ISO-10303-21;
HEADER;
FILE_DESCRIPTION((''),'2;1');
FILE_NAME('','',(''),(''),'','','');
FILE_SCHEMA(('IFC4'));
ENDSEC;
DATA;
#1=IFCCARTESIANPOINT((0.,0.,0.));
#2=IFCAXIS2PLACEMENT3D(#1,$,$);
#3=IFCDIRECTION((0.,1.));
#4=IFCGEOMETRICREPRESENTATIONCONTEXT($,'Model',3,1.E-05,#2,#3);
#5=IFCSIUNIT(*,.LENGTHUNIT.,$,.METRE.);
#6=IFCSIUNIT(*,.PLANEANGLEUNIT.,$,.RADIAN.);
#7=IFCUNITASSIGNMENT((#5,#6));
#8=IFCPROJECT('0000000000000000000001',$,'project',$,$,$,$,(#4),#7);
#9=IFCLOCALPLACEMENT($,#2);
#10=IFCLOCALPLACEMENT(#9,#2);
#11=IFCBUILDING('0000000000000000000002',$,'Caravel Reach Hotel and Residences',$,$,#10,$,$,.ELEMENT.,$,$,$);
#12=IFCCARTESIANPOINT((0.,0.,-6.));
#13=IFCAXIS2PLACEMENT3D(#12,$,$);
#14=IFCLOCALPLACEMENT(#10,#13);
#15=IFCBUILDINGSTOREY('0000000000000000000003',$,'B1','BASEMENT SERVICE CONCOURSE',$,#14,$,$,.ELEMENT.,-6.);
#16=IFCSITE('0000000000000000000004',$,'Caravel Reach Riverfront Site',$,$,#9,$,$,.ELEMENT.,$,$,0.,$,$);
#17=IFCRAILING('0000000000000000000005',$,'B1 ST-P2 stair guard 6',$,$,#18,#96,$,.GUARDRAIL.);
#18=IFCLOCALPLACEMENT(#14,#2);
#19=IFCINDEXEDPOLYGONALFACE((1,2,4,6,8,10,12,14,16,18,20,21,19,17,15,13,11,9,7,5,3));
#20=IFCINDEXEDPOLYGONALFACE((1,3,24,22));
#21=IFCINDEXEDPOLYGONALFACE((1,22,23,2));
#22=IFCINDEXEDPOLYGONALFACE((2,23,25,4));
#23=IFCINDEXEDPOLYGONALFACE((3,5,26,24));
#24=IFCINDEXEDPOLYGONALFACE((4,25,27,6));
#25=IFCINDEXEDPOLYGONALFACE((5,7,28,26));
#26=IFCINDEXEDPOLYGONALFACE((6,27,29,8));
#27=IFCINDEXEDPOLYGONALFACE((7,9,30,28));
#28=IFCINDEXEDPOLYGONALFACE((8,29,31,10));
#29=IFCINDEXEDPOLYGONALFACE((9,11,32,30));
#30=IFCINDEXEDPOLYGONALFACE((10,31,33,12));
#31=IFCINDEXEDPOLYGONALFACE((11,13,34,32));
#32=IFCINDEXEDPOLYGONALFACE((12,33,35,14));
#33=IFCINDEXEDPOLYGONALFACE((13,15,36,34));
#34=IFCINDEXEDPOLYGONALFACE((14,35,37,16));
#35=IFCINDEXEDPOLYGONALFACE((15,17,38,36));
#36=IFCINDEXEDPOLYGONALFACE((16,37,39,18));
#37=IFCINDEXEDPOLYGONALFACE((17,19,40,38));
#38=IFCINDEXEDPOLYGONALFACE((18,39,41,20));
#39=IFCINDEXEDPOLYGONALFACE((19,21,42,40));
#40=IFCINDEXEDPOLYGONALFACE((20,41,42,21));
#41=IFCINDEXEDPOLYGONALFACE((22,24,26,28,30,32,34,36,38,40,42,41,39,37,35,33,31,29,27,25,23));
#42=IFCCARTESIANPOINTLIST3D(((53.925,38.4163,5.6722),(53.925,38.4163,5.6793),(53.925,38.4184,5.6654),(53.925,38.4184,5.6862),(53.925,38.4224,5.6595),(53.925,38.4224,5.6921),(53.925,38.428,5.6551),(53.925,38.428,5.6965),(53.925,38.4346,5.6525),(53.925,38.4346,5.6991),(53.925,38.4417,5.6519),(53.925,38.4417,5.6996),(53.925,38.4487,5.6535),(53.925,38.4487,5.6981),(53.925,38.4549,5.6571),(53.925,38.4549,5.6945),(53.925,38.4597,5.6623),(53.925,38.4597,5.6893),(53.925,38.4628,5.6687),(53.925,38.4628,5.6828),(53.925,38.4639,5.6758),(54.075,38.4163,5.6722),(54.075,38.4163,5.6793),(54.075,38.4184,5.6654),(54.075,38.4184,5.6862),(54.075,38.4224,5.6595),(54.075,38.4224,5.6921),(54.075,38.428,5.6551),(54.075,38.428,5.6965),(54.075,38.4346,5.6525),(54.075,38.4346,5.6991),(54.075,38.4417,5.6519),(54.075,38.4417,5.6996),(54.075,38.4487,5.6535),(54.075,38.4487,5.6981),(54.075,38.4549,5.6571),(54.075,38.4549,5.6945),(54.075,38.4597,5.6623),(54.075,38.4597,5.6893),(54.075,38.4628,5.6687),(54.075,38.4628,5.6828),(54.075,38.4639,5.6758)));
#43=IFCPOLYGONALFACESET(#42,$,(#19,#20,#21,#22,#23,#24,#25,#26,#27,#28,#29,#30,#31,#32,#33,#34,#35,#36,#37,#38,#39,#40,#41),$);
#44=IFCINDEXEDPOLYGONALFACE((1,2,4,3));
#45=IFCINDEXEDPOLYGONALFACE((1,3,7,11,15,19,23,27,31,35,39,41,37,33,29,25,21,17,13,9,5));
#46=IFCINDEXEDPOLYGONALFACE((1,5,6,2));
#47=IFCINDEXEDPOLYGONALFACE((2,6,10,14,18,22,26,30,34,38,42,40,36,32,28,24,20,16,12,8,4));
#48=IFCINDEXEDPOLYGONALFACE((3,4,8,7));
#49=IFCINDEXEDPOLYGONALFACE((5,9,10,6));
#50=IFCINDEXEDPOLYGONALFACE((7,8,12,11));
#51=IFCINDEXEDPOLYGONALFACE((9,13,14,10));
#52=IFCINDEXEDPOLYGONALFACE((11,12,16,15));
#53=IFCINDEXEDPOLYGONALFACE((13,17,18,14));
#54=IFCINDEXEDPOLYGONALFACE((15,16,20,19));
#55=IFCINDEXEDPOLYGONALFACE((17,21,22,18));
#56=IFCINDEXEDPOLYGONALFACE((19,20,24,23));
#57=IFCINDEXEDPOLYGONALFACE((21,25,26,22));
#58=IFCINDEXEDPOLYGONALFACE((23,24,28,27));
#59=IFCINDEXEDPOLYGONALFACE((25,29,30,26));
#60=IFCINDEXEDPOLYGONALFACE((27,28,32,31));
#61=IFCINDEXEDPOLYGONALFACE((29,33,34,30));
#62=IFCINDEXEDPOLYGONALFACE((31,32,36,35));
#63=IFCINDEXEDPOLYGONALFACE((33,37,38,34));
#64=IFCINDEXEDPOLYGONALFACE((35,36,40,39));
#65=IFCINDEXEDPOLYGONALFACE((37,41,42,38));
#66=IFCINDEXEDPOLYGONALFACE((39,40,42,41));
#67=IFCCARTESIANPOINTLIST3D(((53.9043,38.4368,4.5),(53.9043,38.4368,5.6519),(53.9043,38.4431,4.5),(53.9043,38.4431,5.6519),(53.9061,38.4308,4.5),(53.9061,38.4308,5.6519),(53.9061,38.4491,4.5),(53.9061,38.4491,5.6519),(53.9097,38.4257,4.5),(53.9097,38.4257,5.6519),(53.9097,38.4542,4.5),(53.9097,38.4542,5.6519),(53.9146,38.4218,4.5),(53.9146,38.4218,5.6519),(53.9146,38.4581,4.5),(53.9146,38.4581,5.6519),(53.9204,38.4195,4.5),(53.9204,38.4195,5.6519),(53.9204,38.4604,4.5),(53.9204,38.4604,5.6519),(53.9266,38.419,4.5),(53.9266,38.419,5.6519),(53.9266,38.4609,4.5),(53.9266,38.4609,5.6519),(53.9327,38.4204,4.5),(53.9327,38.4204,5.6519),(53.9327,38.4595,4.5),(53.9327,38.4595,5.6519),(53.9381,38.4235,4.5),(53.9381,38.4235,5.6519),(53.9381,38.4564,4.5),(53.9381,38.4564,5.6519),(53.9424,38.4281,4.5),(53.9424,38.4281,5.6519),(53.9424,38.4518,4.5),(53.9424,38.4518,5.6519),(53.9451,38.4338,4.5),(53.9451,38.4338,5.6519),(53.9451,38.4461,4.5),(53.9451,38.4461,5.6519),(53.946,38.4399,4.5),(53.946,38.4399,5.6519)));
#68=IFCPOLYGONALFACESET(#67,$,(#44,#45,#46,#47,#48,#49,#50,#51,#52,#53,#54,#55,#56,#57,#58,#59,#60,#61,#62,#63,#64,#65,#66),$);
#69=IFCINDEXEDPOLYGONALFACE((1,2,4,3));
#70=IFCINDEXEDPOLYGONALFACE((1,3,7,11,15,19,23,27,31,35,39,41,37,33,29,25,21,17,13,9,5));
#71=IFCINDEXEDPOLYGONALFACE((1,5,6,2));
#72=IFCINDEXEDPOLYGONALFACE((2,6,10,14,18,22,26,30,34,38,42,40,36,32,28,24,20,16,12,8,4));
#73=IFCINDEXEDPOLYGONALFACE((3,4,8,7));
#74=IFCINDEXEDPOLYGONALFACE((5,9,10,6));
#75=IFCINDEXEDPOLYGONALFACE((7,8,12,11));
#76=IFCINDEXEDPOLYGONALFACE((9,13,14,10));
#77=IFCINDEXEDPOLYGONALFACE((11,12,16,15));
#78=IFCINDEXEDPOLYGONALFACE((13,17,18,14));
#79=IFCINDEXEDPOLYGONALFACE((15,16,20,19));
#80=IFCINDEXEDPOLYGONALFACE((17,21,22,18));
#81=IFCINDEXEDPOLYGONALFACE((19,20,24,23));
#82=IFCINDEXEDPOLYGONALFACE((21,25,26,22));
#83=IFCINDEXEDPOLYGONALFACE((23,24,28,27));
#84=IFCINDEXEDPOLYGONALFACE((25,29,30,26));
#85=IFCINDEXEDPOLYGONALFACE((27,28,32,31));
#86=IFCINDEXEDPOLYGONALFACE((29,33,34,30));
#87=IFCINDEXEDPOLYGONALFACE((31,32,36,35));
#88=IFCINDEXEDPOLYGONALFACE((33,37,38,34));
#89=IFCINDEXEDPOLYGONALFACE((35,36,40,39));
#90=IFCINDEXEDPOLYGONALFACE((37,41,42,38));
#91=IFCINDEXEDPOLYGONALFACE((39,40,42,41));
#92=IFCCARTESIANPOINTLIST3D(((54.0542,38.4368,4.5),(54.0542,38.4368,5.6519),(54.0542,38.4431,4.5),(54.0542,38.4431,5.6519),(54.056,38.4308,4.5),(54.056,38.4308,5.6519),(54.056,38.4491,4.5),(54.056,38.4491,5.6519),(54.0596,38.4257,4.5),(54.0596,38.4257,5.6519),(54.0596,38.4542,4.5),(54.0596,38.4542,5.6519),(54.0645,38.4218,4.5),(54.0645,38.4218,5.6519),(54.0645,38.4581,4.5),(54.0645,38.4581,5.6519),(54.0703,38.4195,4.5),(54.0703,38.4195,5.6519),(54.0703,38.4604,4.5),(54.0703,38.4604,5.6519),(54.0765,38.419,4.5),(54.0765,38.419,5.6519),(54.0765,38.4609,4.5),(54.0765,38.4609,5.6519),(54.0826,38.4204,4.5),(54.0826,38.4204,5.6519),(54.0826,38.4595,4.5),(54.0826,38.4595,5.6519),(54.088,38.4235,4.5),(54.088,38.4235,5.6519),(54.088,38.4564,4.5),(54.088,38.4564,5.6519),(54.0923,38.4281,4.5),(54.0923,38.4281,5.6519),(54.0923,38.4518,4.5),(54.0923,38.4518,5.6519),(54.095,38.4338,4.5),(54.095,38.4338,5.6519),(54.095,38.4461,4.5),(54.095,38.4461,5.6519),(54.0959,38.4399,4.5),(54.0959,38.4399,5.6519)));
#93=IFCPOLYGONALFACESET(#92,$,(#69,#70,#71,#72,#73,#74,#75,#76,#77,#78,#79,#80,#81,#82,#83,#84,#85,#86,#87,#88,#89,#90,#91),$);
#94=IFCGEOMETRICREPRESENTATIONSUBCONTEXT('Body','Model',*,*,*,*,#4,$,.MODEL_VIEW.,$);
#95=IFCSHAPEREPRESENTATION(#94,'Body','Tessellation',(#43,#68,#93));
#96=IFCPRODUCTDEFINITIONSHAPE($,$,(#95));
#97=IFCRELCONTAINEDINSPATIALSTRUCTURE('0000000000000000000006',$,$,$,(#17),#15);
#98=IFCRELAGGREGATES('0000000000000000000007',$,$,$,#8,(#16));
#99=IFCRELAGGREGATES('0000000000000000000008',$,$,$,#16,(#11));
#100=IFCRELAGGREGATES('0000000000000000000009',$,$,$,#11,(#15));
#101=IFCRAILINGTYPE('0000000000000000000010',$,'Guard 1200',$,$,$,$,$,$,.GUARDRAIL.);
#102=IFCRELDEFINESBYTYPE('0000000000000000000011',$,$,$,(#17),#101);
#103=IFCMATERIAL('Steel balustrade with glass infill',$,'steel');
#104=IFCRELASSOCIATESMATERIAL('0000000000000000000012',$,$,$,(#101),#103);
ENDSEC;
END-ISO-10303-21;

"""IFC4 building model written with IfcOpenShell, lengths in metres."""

from ifc_helpers import new_model, si_unit, direction, frame, origin, origin_2d, place, context, subcontext, project, spatial, circle, extrude, material, type_object, element, save


model = new_model("IFC4")

# Units and contexts
model_context = context("Model", 3, precision=1e-05, world=origin(), true_north=direction((0.0, 1.0)))
body_context = subcontext(model_context, "Body", "Model", "MODEL_VIEW")
ifc_project = project(units=[si_unit("LENGTHUNIT", "METRE"), si_unit("PLANEANGLEUNIT", "RADIAN")], contexts=[model_context])

# Site, building, storey
site_placement = place(None, origin())
site = spatial("IfcSite", under=ifc_project, at=site_placement, Name="Caravel Reach Riverfront Site", CompositionType="ELEMENT", RefElevation=0.0)
building_placement = place(site_placement, origin())
building = spatial("IfcBuilding", under=site, at=building_placement, Name="Caravel Reach Hotel and Residences", CompositionType="ELEMENT")
storey_placement = place(building_placement, frame((0.0, 0.0, -6.0)))
storey = spatial("IfcBuildingStorey", under=building, at=storey_placement, Name="B1", Description="BASEMENT SERVICE CONCOURSE", CompositionType="ELEMENT", Elevation=-6.0)

# Railing
ifc_material_1 = material(Name="Steel balustrade with glass infill", Category="steel")
railing_type_1 = type_object("IfcRailingType", Name="Guard 1200", PredefinedType="GUARDRAIL", material=ifc_material_1)
railing_1_placement = place(storey_placement, frame((53.925, 38.4399, 4.5)))
element("IfcRailing", 1, at=railing_1_placement, inside=storey, type_object=railing_type_1, Name="B1 ST-P2 stair guard 6", PredefinedType="GUARDRAIL", context=body_context, shape_type="SweptSolid", body=[
    extrude(circle(Radius=0.0239, at=origin_2d()), frame((0.0, 0.0, 1.1758), z_axis=(1.0, 0.0, 0.0), x_axis=(0.0, 1.0, 0.0)), (0.0, 0.0, 1.0), 0.1499),
    extrude(circle(Radius=0.021, at=origin_2d()), origin(), (0.0, 0.0, 1.0), 1.1519),
    extrude(circle(Radius=0.021, at=origin_2d()), frame((0.1499, 0.0, 0.0)), (0.0, 0.0, 1.0), 1.1519),
])

save(model, "model.ifc")
